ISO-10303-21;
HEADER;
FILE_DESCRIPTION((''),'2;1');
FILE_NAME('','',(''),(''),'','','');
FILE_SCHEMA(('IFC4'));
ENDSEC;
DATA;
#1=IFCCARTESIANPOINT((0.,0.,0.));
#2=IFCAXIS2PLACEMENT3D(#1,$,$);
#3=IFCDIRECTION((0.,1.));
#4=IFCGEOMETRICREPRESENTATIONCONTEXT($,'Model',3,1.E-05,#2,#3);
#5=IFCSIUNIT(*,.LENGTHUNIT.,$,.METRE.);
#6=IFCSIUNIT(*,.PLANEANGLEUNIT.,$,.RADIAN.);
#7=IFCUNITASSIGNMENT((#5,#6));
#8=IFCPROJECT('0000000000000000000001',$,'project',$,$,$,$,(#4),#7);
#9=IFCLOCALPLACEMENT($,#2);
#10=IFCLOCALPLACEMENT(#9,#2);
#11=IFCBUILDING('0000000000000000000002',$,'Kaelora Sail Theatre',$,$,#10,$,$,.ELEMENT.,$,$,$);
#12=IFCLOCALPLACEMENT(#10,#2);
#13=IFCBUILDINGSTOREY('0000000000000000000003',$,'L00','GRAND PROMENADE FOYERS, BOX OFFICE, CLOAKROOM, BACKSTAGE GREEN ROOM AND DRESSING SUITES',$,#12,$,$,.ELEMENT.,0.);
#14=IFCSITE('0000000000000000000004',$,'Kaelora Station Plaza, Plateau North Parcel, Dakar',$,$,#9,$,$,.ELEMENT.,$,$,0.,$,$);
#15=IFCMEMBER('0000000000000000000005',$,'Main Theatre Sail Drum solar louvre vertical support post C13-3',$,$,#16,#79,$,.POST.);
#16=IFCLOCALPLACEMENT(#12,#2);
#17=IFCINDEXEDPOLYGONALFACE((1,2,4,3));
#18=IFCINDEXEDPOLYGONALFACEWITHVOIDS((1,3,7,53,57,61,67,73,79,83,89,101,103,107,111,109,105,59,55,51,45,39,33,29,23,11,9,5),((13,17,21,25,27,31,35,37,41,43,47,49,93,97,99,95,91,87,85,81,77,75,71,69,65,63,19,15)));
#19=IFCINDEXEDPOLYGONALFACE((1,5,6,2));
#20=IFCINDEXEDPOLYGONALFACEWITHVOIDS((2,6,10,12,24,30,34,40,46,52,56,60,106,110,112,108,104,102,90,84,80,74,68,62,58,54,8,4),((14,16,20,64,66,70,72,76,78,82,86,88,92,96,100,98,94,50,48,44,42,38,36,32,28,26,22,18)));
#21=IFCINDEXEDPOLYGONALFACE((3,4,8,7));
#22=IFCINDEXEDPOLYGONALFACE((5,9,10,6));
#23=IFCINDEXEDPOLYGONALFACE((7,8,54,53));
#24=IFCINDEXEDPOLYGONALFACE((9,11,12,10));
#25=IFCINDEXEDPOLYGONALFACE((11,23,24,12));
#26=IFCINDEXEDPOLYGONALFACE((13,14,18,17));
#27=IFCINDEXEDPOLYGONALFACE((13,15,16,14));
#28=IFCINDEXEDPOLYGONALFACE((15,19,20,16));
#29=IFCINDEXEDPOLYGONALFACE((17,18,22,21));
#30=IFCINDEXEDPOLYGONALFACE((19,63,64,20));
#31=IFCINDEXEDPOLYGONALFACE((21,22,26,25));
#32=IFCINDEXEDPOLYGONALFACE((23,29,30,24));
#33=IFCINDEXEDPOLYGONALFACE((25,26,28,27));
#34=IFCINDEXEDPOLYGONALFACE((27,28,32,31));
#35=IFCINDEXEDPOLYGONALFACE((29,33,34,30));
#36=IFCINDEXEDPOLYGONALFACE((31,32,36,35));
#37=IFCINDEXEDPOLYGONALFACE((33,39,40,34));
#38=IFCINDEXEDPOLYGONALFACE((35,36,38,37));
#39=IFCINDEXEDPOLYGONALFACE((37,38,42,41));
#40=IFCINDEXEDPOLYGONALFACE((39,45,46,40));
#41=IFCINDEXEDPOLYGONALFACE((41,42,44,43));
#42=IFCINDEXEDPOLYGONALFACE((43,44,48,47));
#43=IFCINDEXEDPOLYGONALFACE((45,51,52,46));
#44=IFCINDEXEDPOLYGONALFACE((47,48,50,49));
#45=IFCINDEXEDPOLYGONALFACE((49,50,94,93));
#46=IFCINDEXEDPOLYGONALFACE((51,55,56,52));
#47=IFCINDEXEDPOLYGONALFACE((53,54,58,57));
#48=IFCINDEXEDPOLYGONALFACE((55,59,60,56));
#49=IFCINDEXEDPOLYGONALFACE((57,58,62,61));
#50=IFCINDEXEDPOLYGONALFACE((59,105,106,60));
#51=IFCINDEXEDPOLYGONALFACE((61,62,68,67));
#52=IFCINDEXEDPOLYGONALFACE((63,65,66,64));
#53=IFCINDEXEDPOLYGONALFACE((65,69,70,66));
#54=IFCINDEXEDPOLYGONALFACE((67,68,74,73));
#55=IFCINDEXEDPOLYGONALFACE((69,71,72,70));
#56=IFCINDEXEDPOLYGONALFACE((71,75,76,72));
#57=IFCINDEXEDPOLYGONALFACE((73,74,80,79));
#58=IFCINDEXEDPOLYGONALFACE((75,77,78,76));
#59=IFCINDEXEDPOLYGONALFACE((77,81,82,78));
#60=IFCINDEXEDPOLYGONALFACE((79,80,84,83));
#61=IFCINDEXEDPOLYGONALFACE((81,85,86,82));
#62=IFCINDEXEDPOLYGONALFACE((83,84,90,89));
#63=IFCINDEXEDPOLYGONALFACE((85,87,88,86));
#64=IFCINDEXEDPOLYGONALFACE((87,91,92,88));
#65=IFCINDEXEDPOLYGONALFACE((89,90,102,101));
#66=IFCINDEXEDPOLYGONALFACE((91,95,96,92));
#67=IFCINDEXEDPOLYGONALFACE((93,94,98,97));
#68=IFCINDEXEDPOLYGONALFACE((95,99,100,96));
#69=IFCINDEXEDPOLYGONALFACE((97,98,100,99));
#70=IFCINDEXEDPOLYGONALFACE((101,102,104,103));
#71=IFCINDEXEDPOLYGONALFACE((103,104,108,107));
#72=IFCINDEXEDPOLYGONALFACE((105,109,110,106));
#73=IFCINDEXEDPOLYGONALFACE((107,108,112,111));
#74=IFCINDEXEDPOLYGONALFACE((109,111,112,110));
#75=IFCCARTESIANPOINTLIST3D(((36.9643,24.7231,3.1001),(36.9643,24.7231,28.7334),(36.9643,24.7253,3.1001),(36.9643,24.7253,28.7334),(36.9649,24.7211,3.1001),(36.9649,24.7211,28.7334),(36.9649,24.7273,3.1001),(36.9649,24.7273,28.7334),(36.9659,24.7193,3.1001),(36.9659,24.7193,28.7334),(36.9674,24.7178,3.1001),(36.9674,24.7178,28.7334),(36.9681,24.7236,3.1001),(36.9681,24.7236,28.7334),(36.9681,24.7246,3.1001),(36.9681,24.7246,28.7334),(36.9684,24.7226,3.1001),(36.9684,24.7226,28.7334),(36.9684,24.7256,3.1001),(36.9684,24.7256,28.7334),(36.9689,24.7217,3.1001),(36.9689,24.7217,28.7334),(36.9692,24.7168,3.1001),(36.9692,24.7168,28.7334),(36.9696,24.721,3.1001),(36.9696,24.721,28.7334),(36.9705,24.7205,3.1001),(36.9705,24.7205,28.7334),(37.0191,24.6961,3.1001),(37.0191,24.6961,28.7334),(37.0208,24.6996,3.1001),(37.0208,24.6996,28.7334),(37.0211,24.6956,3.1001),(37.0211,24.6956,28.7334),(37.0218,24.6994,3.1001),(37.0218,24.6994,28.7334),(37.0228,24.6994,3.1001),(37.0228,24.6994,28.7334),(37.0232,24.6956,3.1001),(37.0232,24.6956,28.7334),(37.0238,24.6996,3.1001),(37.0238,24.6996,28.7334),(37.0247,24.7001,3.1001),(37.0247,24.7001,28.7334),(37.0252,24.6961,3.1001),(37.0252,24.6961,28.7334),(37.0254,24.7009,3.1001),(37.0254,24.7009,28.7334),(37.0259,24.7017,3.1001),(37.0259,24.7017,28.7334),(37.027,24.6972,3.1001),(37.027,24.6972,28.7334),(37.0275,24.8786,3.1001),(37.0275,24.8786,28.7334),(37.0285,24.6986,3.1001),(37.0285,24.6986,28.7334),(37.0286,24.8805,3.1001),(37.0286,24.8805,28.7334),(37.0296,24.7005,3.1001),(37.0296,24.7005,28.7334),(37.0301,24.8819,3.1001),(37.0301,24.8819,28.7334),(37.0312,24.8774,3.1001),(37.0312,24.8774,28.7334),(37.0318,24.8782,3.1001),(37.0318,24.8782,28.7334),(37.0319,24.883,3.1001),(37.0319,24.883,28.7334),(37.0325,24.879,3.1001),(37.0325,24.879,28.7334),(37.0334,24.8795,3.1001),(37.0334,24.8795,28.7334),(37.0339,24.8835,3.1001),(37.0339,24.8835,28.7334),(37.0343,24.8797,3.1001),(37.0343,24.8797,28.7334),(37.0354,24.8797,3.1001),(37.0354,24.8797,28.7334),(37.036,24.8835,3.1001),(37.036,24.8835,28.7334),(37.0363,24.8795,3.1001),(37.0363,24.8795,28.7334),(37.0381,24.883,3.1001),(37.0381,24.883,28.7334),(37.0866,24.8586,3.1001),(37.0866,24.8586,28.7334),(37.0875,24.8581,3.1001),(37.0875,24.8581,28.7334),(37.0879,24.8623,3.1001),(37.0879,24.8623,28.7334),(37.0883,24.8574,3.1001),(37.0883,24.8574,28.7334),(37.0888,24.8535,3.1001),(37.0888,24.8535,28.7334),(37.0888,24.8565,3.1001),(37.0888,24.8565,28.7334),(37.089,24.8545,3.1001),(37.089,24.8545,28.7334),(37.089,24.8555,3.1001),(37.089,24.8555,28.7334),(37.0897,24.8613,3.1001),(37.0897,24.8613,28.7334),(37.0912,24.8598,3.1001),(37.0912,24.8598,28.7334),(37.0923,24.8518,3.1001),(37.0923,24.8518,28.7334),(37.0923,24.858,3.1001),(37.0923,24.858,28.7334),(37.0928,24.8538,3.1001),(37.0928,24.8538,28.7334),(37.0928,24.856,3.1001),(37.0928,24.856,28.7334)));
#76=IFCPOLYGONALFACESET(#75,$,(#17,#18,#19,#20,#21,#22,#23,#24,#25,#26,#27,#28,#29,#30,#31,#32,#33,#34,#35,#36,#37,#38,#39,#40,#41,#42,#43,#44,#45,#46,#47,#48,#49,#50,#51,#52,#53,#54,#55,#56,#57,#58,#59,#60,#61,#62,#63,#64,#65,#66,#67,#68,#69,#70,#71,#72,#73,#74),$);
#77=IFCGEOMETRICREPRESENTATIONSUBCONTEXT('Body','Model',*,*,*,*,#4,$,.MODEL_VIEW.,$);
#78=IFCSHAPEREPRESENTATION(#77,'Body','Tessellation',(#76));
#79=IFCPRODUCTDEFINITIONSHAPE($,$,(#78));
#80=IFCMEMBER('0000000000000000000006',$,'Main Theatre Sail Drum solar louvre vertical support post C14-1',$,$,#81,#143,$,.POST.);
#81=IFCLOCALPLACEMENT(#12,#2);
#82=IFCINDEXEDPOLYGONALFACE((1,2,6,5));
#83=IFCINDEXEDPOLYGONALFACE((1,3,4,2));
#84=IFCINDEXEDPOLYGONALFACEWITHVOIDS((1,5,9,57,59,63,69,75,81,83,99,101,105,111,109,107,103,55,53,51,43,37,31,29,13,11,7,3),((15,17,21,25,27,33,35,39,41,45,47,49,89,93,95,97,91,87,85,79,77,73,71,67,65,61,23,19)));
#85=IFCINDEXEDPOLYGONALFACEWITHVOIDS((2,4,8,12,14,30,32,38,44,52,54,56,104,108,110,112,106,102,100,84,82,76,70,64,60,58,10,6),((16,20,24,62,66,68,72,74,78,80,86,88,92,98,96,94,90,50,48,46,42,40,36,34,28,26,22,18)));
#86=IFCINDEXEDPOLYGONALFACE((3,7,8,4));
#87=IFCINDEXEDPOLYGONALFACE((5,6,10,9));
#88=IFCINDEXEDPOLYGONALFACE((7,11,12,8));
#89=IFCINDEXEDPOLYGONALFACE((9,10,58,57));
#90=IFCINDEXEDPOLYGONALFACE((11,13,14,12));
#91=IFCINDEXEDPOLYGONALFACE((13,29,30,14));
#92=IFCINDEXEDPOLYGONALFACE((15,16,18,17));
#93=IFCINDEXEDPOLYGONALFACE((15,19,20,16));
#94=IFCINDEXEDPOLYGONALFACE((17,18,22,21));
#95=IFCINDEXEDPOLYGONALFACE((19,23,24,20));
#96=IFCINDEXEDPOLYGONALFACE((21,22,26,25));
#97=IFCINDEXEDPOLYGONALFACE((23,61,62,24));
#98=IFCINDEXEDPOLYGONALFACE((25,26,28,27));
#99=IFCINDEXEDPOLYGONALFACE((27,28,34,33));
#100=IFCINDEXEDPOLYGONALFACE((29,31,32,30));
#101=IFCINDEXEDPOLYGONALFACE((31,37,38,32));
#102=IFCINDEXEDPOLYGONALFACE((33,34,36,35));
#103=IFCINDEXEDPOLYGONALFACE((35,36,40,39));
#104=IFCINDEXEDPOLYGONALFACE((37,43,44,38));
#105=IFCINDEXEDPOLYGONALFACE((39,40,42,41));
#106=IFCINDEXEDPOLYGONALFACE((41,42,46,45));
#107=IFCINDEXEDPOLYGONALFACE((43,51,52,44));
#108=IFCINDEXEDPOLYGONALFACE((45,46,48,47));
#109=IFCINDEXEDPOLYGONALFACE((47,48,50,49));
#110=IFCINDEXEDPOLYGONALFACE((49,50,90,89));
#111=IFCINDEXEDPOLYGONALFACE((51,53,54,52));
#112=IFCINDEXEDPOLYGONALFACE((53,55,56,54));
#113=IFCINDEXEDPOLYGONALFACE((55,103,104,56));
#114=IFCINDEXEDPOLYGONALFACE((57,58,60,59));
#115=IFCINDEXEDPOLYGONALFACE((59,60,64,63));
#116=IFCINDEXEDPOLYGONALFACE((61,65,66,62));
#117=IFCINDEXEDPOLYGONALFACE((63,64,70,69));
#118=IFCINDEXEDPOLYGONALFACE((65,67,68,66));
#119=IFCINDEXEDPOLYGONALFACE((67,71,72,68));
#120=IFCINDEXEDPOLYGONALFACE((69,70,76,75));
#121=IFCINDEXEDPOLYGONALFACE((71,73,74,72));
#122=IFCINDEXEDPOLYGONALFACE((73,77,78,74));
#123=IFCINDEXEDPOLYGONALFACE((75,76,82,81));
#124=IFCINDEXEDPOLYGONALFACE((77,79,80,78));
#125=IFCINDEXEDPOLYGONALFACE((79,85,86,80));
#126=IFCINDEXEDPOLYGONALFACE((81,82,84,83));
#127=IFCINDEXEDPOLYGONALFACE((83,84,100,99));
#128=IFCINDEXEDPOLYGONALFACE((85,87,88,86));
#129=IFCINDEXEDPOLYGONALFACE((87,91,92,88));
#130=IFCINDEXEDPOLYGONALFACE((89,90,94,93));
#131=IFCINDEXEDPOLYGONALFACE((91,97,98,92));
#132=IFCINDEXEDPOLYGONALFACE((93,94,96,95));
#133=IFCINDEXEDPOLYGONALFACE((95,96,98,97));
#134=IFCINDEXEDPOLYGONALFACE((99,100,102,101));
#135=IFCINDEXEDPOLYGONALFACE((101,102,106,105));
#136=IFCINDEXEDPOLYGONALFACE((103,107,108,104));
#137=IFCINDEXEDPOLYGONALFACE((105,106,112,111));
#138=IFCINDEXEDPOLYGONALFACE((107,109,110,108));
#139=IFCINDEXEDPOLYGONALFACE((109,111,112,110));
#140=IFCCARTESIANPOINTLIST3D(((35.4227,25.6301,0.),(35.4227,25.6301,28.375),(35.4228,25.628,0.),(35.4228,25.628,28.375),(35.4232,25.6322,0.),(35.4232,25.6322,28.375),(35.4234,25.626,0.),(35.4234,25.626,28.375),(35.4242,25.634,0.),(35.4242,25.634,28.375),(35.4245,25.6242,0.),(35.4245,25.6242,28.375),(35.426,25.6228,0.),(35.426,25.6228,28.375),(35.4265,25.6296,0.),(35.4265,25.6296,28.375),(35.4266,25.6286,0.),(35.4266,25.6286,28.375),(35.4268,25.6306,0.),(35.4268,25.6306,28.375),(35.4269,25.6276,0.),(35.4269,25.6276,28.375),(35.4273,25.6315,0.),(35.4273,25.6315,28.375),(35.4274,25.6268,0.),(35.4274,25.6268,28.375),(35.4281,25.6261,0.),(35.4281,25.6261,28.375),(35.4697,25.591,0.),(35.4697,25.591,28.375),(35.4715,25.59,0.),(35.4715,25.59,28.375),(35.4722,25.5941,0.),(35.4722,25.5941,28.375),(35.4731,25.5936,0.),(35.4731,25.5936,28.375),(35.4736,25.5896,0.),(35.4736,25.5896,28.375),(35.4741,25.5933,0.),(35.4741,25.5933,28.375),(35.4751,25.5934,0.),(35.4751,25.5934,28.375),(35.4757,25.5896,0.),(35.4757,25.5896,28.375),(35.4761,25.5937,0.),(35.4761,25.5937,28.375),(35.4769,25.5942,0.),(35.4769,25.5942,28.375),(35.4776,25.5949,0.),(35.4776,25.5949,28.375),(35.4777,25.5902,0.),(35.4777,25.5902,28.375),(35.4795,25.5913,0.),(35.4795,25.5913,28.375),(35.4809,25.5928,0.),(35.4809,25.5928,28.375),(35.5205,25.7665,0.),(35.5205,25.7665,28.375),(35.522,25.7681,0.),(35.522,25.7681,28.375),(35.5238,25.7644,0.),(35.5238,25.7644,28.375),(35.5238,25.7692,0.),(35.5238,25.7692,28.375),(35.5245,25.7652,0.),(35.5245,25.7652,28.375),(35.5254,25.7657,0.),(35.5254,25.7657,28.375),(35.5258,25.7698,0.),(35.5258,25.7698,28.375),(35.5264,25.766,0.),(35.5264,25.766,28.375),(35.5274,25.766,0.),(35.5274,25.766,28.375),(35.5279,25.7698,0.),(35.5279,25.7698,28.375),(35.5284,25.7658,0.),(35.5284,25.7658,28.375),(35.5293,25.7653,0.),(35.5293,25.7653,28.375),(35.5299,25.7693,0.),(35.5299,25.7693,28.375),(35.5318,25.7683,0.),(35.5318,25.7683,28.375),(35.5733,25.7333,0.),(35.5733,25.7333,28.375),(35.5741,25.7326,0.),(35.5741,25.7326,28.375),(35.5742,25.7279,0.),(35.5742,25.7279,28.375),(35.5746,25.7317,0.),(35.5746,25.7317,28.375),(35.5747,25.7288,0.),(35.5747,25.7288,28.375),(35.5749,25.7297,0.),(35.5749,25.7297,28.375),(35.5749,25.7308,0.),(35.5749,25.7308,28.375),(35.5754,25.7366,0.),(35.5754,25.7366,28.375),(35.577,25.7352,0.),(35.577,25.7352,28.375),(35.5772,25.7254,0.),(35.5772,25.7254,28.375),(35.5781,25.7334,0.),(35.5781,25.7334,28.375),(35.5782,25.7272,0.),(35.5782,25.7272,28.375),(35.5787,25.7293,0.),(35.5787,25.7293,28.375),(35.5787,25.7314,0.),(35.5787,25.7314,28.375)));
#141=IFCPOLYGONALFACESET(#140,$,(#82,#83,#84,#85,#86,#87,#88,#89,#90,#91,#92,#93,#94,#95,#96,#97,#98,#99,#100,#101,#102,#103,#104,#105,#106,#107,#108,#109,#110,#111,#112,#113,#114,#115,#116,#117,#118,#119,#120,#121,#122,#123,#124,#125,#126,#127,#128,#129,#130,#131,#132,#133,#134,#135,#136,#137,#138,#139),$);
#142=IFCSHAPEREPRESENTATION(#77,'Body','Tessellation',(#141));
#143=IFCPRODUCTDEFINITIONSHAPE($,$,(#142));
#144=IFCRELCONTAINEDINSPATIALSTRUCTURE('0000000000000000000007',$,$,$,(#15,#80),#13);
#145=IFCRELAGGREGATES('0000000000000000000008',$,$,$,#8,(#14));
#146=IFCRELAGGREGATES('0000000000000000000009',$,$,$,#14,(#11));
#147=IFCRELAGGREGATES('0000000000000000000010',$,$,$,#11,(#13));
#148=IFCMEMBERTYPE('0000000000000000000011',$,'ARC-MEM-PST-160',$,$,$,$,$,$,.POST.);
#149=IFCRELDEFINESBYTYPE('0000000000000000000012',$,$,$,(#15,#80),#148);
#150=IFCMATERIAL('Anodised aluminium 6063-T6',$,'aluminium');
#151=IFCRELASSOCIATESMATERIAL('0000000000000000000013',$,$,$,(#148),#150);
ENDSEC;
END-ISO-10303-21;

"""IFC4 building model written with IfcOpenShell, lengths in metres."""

from ifc_helpers import new_model, si_unit, direction, frame, origin, origin_2d, place, context, subcontext, project, spatial, hollow_rectangle, extrude, material, material_profile, profile_set, type_object, element, save


model = new_model("IFC4")

# Units and contexts
model_context = context("Model", 3, precision=1e-05, world=origin(), true_north=direction((0.0, 1.0)))
body_context = subcontext(model_context, "Body", "Model", "MODEL_VIEW")
ifc_project = project(units=[si_unit("LENGTHUNIT", "METRE"), si_unit("PLANEANGLEUNIT", "RADIAN")], contexts=[model_context])

# Site, building, storey
site_placement = place(None, origin())
site = spatial("IfcSite", under=ifc_project, at=site_placement, Name="Kaelora Station Plaza, Plateau North Parcel, Dakar", CompositionType="ELEMENT", RefElevation=0.0)
building_placement = place(site_placement, origin())
building = spatial("IfcBuilding", under=site, at=building_placement, Name="Kaelora Sail Theatre", CompositionType="ELEMENT")
storey_placement = place(building_placement, origin())
storey = spatial("IfcBuildingStorey", under=building, at=storey_placement, Name="L00", Description="GRAND PROMENADE FOYERS, BOX OFFICE, CLOAKROOM, BACKSTAGE GREEN ROOM AND DRESSING SUITES", CompositionType="ELEMENT", Elevation=0.0)

# Members
ifc_material_1 = material(Name="Anodised aluminium 6063-T6", Category="aluminium")
ifc_material_profile_1 = material_profile(ifc_material_1, hollow_rectangle(XDim=0.0701, YDim=0.1799, WallThickness=0.0039, InnerFilletRadius=0.0039, OuterFilletRadius=0.0081, at=origin_2d()), Name="ALU-MULL 70x180x4")
ifc_profile_set_1 = profile_set([ifc_material_profile_1], Name="Anodised aluminium 6063-T6")
member_type_1 = type_object("IfcMemberType", Name="ARC-MEM-PST-160", PredefinedType="POST", material=ifc_profile_set_1)
for number, where, z_axis, x_axis, name in (
    (1, (37.0286, 24.7896, 3.1001), (0.0, 0.0, 1.0), (-0.92388, 0.382683, 0.0), "Main Theatre Sail Drum solar louvre vertical support post C13-3"),
):
    element("IfcMember", number, at=place(storey_placement, frame(where, z_axis=z_axis, x_axis=x_axis)), inside=storey, type_object=member_type_1, Name=name, PredefinedType="POST", context=body_context, shape_type="SweptSolid", body=[
        extrude(hollow_rectangle(XDim=0.0701, YDim=0.1799, WallThickness=0.0039, InnerFilletRadius=0.0039, OuterFilletRadius=0.0081, at=origin_2d()), origin(), (0.0, 0.0, 1.0), 25.6333),
    ])
for number, where, z_axis, x_axis, name in (
    (2, (35.5007, 25.6797, 0.0), (0.0, 0.0, 1.0), (-0.809017, 0.587785, 0.0), "Main Theatre Sail Drum solar louvre vertical support post C14-1"),
):
    element("IfcMember", number, at=place(storey_placement, frame(where, z_axis=z_axis, x_axis=x_axis)), inside=storey, type_object=member_type_1, Name=name, PredefinedType="POST", context=body_context, shape_type="SweptSolid", body=[
        extrude(hollow_rectangle(XDim=0.0701, YDim=0.1799, WallThickness=0.0039, InnerFilletRadius=0.0039, OuterFilletRadius=0.0081, at=origin_2d()), origin(), (0.0, 0.0, 1.0), 28.375),
    ])

save(model, "model.ifc")
